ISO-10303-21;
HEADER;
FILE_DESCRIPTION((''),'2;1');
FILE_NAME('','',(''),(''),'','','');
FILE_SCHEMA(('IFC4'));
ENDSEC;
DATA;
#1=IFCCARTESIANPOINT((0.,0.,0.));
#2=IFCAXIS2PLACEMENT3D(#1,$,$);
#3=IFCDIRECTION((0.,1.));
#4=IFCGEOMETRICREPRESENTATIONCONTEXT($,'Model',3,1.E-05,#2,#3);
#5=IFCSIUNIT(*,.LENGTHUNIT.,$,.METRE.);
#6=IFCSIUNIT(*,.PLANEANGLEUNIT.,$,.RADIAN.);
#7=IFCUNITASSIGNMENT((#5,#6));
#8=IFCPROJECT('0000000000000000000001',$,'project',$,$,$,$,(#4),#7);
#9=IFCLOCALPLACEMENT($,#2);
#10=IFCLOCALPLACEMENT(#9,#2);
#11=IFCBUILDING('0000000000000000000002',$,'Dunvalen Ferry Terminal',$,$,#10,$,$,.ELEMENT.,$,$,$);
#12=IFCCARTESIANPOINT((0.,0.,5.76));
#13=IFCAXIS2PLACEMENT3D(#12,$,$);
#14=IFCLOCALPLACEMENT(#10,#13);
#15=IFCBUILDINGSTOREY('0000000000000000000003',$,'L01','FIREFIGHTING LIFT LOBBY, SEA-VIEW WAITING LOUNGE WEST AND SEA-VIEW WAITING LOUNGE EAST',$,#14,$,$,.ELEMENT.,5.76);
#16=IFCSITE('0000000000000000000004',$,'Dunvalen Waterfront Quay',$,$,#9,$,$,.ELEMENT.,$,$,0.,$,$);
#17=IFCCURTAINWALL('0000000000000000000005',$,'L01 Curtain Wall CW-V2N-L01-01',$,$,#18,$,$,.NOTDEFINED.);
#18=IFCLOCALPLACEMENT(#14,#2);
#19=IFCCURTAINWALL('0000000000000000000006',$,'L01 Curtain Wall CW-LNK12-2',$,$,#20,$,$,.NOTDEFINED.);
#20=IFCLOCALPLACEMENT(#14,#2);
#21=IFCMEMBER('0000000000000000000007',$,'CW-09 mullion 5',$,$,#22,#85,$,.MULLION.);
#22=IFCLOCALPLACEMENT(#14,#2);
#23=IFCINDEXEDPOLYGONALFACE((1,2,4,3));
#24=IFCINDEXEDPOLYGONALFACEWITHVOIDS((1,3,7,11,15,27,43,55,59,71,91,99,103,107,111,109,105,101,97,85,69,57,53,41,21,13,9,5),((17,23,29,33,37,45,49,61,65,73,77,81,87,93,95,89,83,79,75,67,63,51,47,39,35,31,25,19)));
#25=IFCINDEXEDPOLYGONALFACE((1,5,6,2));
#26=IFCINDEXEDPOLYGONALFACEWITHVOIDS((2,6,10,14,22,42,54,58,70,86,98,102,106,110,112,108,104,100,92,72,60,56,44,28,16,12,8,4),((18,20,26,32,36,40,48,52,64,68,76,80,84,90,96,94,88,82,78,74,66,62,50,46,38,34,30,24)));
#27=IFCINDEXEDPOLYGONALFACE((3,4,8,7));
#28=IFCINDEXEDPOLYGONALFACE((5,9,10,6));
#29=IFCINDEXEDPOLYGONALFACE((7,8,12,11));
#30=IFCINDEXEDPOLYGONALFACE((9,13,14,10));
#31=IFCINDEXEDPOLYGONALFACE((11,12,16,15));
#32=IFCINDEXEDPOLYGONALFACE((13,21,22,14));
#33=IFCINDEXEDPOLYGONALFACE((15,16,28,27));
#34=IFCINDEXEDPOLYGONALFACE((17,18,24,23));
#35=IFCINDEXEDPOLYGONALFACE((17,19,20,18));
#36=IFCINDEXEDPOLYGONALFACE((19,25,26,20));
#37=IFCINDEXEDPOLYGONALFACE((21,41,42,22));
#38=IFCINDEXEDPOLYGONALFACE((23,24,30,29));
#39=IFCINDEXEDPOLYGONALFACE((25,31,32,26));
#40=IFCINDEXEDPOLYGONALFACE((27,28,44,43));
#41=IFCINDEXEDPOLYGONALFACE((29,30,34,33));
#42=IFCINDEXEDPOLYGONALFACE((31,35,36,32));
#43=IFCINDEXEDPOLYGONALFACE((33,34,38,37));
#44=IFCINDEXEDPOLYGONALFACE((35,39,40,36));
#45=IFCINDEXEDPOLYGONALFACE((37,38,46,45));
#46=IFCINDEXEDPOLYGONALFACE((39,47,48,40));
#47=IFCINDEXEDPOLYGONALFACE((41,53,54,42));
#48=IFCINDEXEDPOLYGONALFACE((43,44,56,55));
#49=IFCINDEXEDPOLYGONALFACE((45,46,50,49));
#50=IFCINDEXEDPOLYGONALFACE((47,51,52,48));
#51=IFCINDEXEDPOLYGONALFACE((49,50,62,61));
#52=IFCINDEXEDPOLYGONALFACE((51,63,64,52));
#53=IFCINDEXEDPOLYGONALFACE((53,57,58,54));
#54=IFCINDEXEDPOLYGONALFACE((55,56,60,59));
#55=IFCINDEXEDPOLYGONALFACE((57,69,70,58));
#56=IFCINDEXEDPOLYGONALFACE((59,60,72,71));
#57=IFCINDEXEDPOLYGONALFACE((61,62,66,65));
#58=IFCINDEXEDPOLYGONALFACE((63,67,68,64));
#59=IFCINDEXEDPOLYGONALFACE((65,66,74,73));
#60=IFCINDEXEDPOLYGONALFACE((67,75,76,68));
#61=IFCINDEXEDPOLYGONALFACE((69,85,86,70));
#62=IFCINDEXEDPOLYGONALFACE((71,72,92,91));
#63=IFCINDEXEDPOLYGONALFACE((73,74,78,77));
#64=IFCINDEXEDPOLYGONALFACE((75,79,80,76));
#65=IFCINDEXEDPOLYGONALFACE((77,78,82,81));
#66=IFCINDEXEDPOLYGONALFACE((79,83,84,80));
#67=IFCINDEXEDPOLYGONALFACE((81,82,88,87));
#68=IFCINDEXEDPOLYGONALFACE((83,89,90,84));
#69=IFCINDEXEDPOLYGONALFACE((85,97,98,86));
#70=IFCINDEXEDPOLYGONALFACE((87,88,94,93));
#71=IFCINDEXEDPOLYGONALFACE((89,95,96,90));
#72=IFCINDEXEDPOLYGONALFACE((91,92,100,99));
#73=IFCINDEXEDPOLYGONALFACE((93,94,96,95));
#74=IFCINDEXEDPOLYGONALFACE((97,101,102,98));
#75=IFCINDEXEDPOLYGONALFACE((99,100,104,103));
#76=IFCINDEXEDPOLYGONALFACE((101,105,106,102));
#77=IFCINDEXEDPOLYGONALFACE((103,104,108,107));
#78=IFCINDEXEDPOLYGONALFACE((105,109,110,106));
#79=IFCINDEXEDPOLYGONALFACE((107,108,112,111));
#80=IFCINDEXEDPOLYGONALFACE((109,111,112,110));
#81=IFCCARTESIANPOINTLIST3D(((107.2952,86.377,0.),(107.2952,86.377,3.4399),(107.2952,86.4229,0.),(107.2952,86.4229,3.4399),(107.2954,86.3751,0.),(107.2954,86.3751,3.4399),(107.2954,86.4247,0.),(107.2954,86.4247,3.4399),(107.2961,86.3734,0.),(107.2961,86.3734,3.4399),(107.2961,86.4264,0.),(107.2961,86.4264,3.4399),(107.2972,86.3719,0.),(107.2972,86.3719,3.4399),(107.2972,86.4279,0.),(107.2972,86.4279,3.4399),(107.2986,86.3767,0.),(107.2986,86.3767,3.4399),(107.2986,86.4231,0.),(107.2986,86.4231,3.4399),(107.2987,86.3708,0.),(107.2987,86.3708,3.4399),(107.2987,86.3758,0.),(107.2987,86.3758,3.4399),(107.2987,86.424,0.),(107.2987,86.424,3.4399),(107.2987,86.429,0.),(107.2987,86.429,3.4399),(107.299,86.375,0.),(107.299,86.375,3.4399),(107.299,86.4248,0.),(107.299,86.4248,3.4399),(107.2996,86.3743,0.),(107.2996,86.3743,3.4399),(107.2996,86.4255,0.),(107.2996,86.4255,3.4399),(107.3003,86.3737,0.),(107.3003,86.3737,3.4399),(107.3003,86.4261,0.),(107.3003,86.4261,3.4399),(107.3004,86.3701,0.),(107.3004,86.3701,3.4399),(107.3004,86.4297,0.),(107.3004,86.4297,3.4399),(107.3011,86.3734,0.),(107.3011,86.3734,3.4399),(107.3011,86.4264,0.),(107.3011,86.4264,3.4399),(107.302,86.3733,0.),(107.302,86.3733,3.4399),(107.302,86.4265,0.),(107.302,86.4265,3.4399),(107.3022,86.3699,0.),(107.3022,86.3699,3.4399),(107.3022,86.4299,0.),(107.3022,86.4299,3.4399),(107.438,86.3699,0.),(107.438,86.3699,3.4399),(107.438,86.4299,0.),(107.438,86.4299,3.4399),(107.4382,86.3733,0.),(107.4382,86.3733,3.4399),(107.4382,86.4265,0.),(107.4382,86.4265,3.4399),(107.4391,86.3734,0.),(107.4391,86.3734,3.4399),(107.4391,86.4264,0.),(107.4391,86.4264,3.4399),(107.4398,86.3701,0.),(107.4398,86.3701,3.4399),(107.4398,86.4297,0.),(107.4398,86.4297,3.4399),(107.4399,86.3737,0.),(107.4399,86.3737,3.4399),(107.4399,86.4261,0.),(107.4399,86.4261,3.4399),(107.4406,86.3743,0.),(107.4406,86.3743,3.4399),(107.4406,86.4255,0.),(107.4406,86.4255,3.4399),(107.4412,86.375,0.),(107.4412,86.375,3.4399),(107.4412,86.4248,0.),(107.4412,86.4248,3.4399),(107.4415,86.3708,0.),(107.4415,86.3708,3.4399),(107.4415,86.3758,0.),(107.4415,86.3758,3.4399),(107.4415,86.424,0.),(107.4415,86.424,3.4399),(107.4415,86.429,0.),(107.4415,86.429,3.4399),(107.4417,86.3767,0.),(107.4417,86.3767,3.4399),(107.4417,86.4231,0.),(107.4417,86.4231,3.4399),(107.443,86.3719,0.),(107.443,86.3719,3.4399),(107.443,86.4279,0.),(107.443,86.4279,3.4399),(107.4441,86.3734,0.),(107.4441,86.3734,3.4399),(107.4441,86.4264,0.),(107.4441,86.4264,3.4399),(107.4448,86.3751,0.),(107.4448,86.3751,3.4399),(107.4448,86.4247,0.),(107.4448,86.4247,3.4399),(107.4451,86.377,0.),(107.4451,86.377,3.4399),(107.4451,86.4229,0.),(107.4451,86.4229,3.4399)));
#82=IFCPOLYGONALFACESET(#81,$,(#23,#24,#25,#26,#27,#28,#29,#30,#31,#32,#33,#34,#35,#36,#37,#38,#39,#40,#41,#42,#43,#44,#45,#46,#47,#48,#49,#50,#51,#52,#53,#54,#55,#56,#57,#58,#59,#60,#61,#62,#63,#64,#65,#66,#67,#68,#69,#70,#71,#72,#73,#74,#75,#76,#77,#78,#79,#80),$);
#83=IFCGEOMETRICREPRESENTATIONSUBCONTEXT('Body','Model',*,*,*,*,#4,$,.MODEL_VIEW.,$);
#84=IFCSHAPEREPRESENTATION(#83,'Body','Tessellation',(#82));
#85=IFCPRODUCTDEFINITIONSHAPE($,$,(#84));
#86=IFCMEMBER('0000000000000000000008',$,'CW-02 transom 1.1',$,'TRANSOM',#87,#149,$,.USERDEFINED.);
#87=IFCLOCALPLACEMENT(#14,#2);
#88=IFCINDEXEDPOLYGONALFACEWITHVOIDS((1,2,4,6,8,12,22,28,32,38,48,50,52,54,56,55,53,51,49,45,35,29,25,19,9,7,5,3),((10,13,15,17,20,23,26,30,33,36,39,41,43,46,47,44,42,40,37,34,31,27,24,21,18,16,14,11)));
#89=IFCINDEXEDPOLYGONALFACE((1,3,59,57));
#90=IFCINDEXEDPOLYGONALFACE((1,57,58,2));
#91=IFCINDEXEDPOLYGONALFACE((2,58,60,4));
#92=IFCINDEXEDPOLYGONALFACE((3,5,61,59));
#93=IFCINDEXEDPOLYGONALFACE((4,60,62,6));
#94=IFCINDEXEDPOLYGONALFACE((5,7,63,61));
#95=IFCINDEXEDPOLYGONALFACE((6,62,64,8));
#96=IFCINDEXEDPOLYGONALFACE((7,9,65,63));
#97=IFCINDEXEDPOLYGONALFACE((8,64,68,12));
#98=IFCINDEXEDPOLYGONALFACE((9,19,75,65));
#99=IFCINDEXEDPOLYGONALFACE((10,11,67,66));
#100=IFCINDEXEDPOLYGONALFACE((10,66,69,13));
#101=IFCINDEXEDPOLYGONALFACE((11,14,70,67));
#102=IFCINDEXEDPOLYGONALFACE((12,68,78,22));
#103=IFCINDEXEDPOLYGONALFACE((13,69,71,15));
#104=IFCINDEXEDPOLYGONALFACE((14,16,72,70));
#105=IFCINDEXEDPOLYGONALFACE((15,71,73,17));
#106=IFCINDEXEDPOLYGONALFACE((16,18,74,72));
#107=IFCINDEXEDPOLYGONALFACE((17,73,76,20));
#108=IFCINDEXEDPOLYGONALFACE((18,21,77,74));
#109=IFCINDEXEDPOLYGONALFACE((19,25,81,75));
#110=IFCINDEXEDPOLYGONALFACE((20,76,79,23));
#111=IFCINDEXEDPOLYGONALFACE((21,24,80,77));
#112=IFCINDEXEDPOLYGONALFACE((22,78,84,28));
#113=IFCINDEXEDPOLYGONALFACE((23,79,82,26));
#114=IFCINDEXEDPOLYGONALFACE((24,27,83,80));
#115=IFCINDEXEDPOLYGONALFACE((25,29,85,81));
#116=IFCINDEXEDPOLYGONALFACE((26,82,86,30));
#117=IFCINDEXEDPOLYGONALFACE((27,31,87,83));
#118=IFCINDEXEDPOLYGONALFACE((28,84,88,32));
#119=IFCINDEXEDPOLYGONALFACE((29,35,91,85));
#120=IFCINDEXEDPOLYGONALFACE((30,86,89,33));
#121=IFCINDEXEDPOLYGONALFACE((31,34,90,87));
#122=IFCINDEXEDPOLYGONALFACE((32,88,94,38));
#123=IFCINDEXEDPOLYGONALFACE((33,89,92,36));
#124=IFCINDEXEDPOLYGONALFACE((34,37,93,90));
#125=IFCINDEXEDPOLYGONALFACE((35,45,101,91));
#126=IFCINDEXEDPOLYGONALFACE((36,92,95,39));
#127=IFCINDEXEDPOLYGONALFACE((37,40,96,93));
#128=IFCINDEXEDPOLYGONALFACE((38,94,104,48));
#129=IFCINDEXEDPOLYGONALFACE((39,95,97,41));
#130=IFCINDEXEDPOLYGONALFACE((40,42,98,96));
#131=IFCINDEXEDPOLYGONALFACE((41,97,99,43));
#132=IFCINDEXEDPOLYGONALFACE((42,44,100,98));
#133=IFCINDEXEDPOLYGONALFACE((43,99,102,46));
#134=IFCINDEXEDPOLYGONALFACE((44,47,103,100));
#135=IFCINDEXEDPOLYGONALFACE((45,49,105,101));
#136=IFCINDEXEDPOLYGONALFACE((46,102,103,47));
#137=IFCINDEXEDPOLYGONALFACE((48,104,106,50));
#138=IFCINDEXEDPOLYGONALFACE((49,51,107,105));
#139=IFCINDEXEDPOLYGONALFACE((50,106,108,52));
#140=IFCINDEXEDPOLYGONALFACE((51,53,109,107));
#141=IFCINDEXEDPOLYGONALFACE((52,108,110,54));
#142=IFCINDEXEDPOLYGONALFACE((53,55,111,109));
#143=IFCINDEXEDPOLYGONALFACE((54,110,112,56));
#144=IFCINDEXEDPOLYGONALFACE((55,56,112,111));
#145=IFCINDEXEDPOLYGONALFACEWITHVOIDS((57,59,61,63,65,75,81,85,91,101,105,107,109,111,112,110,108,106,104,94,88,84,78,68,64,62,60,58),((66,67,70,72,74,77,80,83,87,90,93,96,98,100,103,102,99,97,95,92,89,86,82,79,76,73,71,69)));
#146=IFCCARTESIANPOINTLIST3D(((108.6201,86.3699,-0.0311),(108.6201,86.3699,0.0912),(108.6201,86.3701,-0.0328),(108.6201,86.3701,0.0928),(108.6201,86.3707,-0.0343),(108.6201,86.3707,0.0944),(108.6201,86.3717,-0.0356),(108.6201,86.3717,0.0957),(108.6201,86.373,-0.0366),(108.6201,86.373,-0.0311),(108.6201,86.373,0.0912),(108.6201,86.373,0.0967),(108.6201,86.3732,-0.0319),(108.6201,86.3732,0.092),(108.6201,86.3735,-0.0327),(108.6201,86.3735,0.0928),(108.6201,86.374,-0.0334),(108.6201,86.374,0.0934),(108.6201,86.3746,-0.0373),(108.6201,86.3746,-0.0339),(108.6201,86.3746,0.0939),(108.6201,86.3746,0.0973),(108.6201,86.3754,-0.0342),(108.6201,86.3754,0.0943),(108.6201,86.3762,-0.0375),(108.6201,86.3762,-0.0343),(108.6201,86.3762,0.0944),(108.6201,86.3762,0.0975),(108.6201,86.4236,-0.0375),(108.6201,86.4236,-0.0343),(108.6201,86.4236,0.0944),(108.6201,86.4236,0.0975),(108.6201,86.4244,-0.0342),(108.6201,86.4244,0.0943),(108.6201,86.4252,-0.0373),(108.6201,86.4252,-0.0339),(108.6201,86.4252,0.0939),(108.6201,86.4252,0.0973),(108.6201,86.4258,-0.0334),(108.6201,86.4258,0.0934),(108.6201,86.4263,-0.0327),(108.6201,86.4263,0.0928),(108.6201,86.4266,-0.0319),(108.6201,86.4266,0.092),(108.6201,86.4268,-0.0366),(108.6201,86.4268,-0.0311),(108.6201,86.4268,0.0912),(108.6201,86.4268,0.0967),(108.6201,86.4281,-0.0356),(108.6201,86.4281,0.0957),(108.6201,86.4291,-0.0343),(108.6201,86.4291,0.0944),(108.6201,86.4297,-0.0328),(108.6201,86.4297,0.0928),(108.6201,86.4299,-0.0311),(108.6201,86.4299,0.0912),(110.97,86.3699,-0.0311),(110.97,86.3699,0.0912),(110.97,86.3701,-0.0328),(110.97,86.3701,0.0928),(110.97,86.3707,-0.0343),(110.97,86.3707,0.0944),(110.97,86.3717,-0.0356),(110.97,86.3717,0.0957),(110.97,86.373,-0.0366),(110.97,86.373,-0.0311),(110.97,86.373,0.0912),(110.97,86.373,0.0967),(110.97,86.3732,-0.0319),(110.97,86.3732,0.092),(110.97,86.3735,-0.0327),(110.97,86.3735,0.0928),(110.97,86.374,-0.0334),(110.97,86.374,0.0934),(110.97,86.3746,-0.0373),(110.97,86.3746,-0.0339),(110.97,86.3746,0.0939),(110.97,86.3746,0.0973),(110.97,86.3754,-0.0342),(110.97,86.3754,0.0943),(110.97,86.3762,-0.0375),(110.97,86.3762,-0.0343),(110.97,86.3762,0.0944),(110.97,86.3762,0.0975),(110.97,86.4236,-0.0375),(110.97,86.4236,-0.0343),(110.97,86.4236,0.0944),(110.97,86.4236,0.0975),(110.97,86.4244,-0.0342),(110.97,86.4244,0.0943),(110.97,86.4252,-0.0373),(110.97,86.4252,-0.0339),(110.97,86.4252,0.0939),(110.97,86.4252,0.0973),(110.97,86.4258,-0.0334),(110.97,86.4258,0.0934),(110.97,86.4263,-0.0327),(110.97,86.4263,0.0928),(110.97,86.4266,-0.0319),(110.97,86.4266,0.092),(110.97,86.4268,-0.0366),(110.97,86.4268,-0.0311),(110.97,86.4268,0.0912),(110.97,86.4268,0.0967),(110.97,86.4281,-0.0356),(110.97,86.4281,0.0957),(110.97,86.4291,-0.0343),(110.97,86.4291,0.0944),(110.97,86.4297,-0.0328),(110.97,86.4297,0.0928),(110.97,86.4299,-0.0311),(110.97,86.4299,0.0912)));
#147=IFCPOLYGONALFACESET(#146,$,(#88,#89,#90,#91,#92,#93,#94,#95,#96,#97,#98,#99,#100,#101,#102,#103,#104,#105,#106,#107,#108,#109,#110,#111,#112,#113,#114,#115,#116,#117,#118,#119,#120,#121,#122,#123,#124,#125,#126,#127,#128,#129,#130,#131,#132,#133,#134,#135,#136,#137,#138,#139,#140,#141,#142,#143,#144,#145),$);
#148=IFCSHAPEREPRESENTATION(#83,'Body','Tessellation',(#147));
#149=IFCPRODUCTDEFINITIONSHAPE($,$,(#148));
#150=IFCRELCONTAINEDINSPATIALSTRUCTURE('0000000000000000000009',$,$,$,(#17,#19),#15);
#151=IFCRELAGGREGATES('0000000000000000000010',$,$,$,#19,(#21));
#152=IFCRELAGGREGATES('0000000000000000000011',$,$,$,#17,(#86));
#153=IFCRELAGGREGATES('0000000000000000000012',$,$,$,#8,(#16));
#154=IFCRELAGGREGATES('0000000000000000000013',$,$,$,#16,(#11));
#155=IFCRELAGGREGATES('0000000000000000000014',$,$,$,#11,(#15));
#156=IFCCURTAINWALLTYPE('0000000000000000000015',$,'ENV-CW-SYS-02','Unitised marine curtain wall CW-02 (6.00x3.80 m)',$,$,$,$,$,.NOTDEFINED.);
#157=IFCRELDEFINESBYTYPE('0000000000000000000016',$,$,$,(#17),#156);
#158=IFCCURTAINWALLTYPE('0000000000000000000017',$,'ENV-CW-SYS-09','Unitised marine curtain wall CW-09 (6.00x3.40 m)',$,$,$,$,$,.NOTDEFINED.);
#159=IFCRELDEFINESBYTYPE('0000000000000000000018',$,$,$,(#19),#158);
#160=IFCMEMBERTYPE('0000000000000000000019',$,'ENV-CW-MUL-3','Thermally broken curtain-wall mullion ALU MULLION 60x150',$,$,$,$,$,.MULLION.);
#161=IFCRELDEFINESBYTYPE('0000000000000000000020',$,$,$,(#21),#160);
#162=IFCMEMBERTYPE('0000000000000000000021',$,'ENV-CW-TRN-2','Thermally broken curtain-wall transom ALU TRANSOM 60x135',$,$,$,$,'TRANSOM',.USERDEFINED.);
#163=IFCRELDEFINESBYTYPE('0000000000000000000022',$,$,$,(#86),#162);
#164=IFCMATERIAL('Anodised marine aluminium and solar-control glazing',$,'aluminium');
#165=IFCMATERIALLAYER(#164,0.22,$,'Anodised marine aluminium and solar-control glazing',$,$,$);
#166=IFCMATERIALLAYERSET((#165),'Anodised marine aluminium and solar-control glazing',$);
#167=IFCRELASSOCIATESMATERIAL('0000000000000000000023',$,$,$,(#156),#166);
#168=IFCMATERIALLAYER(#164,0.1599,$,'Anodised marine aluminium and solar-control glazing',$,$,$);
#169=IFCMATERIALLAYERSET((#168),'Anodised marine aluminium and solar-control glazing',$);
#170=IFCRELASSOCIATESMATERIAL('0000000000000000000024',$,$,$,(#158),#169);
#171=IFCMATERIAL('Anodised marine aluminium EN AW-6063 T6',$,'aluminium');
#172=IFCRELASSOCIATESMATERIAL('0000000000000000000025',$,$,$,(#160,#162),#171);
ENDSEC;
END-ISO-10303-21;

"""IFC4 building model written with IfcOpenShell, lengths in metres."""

from ifc_helpers import new_model, si_unit, direction, frame, origin, origin_2d, place, context, subcontext, project, spatial, hollow_rectangle, extrude, material, layer, layer_set, material_profile, profile_set, type_object, element, aggregate, save


model = new_model("IFC4")

# Units and contexts
model_context = context("Model", 3, precision=1e-05, world=origin(), true_north=direction((0.0, 1.0)))
body_context = subcontext(model_context, "Body", "Model", "MODEL_VIEW")
ifc_project = project(units=[si_unit("LENGTHUNIT", "METRE"), si_unit("PLANEANGLEUNIT", "RADIAN")], contexts=[model_context])

# Site, building, storey
site_placement = place(None, origin())
site = spatial("IfcSite", under=ifc_project, at=site_placement, Name="Dunvalen Waterfront Quay", CompositionType="ELEMENT", RefElevation=0.0)
building_placement = place(site_placement, origin())
building = spatial("IfcBuilding", under=site, at=building_placement, Name="Dunvalen Ferry Terminal", CompositionType="ELEMENT")
storey_placement = place(building_placement, frame((0.0, 0.0, 5.76)))
storey = spatial("IfcBuildingStorey", under=building, at=storey_placement, Name="L01", Description="FIREFIGHTING LIFT LOBBY, SEA-VIEW WAITING LOUNGE WEST AND SEA-VIEW WAITING LOUNGE EAST", CompositionType="ELEMENT", Elevation=5.76)

# Curtain wall
ifc_material_1 = material(Name="Anodised marine aluminium and solar-control glazing", Category="aluminium")
ifc_layer_1 = layer(ifc_material_1, 0.22, Name="Anodised marine aluminium and solar-control glazing")
ifc_layer_set_1 = layer_set([ifc_layer_1], Name="Anodised marine aluminium and solar-control glazing")
curtain_wall_type_1 = type_object("IfcCurtainWallType", Name="ENV-CW-SYS-02", Description="Unitised marine curtain wall CW-02 (6.00x3.80 m)", PredefinedType="NOTDEFINED", material=ifc_layer_set_1)
curtain_wall_1_placement = place(storey_placement, origin())
curtain_wall_1 = element("IfcCurtainWall", 1, at=curtain_wall_1_placement, inside=storey, type_object=curtain_wall_type_1, Name="L01 Curtain Wall CW-V2N-L01-01", PredefinedType="NOTDEFINED")
ifc_material_2 = material(Name="Anodised marine aluminium EN AW-6063 T6", Category="aluminium")

# Curtain wall, member
ifc_layer_2 = layer(ifc_material_1, 0.1599, Name="Anodised marine aluminium and solar-control glazing")
ifc_layer_set_2 = layer_set([ifc_layer_2], Name="Anodised marine aluminium and solar-control glazing")
curtain_wall_type_2 = type_object("IfcCurtainWallType", Name="ENV-CW-SYS-09", Description="Unitised marine curtain wall CW-09 (6.00x3.40 m)", PredefinedType="NOTDEFINED", material=ifc_layer_set_2)
curtain_wall_2_placement = place(storey_placement, origin())
curtain_wall_2 = element("IfcCurtainWall", 2, at=curtain_wall_2_placement, inside=storey, type_object=curtain_wall_type_2, Name="L01 Curtain Wall CW-LNK12-2", PredefinedType="NOTDEFINED")
ifc_material_profile_1 = material_profile(ifc_material_2, hollow_rectangle(XDim=0.0601, YDim=0.1499, WallThickness=0.0034, InnerFilletRadius=0.0034, OuterFilletRadius=0.0071, at=origin_2d()), Name="Anodised marine aluminium EN AW-6063 T6")
ifc_profile_set_1 = profile_set([ifc_material_profile_1], Name="Anodised marine aluminium EN AW-6063 T6")
member_type_1 = type_object("IfcMemberType", Name="ENV-CW-MUL-3", Description="Thermally broken curtain-wall mullion ALU MULLION 60x150", PredefinedType="MULLION", material=ifc_profile_set_1)
member_1_placement = place(storey_placement, frame((107.3701, 86.3999, 0.0), z_axis=(0.0, 0.0, 1.0), x_axis=(0.0, 1.0, 0.0)))
member_1 = element("IfcMember", 3, at=member_1_placement, type_object=member_type_1, Name="CW-09 mullion 5", PredefinedType="MULLION", context=body_context, shape_type="SweptSolid", body=[
    extrude(hollow_rectangle(XDim=0.0601, YDim=0.1499, WallThickness=0.0034, InnerFilletRadius=0.0034, OuterFilletRadius=0.0071, at=origin_2d()), origin(), (0.0, 0.0, 1.0), 3.4399),
])

# Member
ifc_material_profile_2 = material_profile(ifc_material_2, hollow_rectangle(XDim=0.0601, YDim=0.135, WallThickness=0.0032, InnerFilletRadius=0.0032, OuterFilletRadius=0.0063, at=origin_2d()), Name="Anodised marine aluminium EN AW-6063 T6")
ifc_profile_set_2 = profile_set([ifc_material_profile_2], Name="Anodised marine aluminium EN AW-6063 T6")
member_type_2 = type_object("IfcMemberType", Name="ENV-CW-TRN-2", Description="Thermally broken curtain-wall transom ALU TRANSOM 60x135", ElementType="TRANSOM", PredefinedType="USERDEFINED", material=ifc_profile_set_2)
member_2_placement = place(storey_placement, frame((108.6201, 86.3999, 0.03), z_axis=(1.0, 0.0, 0.0), x_axis=(0.0, 1.0, 0.0)))
member_2 = element("IfcMember", 4, at=member_2_placement, type_object=member_type_2, Name="CW-02 transom 1.1", ObjectType="TRANSOM", PredefinedType="USERDEFINED", context=body_context, shape_type="SweptSolid", body=[
    extrude(hollow_rectangle(XDim=0.0601, YDim=0.135, WallThickness=0.0032, InnerFilletRadius=0.0032, OuterFilletRadius=0.0063, at=origin_2d()), origin(), (0.0, 0.0, 1.0), 2.3499),
])

aggregate(curtain_wall_2, [member_1])
aggregate(curtain_wall_1, [member_2])

save(model, "model.ifc")
